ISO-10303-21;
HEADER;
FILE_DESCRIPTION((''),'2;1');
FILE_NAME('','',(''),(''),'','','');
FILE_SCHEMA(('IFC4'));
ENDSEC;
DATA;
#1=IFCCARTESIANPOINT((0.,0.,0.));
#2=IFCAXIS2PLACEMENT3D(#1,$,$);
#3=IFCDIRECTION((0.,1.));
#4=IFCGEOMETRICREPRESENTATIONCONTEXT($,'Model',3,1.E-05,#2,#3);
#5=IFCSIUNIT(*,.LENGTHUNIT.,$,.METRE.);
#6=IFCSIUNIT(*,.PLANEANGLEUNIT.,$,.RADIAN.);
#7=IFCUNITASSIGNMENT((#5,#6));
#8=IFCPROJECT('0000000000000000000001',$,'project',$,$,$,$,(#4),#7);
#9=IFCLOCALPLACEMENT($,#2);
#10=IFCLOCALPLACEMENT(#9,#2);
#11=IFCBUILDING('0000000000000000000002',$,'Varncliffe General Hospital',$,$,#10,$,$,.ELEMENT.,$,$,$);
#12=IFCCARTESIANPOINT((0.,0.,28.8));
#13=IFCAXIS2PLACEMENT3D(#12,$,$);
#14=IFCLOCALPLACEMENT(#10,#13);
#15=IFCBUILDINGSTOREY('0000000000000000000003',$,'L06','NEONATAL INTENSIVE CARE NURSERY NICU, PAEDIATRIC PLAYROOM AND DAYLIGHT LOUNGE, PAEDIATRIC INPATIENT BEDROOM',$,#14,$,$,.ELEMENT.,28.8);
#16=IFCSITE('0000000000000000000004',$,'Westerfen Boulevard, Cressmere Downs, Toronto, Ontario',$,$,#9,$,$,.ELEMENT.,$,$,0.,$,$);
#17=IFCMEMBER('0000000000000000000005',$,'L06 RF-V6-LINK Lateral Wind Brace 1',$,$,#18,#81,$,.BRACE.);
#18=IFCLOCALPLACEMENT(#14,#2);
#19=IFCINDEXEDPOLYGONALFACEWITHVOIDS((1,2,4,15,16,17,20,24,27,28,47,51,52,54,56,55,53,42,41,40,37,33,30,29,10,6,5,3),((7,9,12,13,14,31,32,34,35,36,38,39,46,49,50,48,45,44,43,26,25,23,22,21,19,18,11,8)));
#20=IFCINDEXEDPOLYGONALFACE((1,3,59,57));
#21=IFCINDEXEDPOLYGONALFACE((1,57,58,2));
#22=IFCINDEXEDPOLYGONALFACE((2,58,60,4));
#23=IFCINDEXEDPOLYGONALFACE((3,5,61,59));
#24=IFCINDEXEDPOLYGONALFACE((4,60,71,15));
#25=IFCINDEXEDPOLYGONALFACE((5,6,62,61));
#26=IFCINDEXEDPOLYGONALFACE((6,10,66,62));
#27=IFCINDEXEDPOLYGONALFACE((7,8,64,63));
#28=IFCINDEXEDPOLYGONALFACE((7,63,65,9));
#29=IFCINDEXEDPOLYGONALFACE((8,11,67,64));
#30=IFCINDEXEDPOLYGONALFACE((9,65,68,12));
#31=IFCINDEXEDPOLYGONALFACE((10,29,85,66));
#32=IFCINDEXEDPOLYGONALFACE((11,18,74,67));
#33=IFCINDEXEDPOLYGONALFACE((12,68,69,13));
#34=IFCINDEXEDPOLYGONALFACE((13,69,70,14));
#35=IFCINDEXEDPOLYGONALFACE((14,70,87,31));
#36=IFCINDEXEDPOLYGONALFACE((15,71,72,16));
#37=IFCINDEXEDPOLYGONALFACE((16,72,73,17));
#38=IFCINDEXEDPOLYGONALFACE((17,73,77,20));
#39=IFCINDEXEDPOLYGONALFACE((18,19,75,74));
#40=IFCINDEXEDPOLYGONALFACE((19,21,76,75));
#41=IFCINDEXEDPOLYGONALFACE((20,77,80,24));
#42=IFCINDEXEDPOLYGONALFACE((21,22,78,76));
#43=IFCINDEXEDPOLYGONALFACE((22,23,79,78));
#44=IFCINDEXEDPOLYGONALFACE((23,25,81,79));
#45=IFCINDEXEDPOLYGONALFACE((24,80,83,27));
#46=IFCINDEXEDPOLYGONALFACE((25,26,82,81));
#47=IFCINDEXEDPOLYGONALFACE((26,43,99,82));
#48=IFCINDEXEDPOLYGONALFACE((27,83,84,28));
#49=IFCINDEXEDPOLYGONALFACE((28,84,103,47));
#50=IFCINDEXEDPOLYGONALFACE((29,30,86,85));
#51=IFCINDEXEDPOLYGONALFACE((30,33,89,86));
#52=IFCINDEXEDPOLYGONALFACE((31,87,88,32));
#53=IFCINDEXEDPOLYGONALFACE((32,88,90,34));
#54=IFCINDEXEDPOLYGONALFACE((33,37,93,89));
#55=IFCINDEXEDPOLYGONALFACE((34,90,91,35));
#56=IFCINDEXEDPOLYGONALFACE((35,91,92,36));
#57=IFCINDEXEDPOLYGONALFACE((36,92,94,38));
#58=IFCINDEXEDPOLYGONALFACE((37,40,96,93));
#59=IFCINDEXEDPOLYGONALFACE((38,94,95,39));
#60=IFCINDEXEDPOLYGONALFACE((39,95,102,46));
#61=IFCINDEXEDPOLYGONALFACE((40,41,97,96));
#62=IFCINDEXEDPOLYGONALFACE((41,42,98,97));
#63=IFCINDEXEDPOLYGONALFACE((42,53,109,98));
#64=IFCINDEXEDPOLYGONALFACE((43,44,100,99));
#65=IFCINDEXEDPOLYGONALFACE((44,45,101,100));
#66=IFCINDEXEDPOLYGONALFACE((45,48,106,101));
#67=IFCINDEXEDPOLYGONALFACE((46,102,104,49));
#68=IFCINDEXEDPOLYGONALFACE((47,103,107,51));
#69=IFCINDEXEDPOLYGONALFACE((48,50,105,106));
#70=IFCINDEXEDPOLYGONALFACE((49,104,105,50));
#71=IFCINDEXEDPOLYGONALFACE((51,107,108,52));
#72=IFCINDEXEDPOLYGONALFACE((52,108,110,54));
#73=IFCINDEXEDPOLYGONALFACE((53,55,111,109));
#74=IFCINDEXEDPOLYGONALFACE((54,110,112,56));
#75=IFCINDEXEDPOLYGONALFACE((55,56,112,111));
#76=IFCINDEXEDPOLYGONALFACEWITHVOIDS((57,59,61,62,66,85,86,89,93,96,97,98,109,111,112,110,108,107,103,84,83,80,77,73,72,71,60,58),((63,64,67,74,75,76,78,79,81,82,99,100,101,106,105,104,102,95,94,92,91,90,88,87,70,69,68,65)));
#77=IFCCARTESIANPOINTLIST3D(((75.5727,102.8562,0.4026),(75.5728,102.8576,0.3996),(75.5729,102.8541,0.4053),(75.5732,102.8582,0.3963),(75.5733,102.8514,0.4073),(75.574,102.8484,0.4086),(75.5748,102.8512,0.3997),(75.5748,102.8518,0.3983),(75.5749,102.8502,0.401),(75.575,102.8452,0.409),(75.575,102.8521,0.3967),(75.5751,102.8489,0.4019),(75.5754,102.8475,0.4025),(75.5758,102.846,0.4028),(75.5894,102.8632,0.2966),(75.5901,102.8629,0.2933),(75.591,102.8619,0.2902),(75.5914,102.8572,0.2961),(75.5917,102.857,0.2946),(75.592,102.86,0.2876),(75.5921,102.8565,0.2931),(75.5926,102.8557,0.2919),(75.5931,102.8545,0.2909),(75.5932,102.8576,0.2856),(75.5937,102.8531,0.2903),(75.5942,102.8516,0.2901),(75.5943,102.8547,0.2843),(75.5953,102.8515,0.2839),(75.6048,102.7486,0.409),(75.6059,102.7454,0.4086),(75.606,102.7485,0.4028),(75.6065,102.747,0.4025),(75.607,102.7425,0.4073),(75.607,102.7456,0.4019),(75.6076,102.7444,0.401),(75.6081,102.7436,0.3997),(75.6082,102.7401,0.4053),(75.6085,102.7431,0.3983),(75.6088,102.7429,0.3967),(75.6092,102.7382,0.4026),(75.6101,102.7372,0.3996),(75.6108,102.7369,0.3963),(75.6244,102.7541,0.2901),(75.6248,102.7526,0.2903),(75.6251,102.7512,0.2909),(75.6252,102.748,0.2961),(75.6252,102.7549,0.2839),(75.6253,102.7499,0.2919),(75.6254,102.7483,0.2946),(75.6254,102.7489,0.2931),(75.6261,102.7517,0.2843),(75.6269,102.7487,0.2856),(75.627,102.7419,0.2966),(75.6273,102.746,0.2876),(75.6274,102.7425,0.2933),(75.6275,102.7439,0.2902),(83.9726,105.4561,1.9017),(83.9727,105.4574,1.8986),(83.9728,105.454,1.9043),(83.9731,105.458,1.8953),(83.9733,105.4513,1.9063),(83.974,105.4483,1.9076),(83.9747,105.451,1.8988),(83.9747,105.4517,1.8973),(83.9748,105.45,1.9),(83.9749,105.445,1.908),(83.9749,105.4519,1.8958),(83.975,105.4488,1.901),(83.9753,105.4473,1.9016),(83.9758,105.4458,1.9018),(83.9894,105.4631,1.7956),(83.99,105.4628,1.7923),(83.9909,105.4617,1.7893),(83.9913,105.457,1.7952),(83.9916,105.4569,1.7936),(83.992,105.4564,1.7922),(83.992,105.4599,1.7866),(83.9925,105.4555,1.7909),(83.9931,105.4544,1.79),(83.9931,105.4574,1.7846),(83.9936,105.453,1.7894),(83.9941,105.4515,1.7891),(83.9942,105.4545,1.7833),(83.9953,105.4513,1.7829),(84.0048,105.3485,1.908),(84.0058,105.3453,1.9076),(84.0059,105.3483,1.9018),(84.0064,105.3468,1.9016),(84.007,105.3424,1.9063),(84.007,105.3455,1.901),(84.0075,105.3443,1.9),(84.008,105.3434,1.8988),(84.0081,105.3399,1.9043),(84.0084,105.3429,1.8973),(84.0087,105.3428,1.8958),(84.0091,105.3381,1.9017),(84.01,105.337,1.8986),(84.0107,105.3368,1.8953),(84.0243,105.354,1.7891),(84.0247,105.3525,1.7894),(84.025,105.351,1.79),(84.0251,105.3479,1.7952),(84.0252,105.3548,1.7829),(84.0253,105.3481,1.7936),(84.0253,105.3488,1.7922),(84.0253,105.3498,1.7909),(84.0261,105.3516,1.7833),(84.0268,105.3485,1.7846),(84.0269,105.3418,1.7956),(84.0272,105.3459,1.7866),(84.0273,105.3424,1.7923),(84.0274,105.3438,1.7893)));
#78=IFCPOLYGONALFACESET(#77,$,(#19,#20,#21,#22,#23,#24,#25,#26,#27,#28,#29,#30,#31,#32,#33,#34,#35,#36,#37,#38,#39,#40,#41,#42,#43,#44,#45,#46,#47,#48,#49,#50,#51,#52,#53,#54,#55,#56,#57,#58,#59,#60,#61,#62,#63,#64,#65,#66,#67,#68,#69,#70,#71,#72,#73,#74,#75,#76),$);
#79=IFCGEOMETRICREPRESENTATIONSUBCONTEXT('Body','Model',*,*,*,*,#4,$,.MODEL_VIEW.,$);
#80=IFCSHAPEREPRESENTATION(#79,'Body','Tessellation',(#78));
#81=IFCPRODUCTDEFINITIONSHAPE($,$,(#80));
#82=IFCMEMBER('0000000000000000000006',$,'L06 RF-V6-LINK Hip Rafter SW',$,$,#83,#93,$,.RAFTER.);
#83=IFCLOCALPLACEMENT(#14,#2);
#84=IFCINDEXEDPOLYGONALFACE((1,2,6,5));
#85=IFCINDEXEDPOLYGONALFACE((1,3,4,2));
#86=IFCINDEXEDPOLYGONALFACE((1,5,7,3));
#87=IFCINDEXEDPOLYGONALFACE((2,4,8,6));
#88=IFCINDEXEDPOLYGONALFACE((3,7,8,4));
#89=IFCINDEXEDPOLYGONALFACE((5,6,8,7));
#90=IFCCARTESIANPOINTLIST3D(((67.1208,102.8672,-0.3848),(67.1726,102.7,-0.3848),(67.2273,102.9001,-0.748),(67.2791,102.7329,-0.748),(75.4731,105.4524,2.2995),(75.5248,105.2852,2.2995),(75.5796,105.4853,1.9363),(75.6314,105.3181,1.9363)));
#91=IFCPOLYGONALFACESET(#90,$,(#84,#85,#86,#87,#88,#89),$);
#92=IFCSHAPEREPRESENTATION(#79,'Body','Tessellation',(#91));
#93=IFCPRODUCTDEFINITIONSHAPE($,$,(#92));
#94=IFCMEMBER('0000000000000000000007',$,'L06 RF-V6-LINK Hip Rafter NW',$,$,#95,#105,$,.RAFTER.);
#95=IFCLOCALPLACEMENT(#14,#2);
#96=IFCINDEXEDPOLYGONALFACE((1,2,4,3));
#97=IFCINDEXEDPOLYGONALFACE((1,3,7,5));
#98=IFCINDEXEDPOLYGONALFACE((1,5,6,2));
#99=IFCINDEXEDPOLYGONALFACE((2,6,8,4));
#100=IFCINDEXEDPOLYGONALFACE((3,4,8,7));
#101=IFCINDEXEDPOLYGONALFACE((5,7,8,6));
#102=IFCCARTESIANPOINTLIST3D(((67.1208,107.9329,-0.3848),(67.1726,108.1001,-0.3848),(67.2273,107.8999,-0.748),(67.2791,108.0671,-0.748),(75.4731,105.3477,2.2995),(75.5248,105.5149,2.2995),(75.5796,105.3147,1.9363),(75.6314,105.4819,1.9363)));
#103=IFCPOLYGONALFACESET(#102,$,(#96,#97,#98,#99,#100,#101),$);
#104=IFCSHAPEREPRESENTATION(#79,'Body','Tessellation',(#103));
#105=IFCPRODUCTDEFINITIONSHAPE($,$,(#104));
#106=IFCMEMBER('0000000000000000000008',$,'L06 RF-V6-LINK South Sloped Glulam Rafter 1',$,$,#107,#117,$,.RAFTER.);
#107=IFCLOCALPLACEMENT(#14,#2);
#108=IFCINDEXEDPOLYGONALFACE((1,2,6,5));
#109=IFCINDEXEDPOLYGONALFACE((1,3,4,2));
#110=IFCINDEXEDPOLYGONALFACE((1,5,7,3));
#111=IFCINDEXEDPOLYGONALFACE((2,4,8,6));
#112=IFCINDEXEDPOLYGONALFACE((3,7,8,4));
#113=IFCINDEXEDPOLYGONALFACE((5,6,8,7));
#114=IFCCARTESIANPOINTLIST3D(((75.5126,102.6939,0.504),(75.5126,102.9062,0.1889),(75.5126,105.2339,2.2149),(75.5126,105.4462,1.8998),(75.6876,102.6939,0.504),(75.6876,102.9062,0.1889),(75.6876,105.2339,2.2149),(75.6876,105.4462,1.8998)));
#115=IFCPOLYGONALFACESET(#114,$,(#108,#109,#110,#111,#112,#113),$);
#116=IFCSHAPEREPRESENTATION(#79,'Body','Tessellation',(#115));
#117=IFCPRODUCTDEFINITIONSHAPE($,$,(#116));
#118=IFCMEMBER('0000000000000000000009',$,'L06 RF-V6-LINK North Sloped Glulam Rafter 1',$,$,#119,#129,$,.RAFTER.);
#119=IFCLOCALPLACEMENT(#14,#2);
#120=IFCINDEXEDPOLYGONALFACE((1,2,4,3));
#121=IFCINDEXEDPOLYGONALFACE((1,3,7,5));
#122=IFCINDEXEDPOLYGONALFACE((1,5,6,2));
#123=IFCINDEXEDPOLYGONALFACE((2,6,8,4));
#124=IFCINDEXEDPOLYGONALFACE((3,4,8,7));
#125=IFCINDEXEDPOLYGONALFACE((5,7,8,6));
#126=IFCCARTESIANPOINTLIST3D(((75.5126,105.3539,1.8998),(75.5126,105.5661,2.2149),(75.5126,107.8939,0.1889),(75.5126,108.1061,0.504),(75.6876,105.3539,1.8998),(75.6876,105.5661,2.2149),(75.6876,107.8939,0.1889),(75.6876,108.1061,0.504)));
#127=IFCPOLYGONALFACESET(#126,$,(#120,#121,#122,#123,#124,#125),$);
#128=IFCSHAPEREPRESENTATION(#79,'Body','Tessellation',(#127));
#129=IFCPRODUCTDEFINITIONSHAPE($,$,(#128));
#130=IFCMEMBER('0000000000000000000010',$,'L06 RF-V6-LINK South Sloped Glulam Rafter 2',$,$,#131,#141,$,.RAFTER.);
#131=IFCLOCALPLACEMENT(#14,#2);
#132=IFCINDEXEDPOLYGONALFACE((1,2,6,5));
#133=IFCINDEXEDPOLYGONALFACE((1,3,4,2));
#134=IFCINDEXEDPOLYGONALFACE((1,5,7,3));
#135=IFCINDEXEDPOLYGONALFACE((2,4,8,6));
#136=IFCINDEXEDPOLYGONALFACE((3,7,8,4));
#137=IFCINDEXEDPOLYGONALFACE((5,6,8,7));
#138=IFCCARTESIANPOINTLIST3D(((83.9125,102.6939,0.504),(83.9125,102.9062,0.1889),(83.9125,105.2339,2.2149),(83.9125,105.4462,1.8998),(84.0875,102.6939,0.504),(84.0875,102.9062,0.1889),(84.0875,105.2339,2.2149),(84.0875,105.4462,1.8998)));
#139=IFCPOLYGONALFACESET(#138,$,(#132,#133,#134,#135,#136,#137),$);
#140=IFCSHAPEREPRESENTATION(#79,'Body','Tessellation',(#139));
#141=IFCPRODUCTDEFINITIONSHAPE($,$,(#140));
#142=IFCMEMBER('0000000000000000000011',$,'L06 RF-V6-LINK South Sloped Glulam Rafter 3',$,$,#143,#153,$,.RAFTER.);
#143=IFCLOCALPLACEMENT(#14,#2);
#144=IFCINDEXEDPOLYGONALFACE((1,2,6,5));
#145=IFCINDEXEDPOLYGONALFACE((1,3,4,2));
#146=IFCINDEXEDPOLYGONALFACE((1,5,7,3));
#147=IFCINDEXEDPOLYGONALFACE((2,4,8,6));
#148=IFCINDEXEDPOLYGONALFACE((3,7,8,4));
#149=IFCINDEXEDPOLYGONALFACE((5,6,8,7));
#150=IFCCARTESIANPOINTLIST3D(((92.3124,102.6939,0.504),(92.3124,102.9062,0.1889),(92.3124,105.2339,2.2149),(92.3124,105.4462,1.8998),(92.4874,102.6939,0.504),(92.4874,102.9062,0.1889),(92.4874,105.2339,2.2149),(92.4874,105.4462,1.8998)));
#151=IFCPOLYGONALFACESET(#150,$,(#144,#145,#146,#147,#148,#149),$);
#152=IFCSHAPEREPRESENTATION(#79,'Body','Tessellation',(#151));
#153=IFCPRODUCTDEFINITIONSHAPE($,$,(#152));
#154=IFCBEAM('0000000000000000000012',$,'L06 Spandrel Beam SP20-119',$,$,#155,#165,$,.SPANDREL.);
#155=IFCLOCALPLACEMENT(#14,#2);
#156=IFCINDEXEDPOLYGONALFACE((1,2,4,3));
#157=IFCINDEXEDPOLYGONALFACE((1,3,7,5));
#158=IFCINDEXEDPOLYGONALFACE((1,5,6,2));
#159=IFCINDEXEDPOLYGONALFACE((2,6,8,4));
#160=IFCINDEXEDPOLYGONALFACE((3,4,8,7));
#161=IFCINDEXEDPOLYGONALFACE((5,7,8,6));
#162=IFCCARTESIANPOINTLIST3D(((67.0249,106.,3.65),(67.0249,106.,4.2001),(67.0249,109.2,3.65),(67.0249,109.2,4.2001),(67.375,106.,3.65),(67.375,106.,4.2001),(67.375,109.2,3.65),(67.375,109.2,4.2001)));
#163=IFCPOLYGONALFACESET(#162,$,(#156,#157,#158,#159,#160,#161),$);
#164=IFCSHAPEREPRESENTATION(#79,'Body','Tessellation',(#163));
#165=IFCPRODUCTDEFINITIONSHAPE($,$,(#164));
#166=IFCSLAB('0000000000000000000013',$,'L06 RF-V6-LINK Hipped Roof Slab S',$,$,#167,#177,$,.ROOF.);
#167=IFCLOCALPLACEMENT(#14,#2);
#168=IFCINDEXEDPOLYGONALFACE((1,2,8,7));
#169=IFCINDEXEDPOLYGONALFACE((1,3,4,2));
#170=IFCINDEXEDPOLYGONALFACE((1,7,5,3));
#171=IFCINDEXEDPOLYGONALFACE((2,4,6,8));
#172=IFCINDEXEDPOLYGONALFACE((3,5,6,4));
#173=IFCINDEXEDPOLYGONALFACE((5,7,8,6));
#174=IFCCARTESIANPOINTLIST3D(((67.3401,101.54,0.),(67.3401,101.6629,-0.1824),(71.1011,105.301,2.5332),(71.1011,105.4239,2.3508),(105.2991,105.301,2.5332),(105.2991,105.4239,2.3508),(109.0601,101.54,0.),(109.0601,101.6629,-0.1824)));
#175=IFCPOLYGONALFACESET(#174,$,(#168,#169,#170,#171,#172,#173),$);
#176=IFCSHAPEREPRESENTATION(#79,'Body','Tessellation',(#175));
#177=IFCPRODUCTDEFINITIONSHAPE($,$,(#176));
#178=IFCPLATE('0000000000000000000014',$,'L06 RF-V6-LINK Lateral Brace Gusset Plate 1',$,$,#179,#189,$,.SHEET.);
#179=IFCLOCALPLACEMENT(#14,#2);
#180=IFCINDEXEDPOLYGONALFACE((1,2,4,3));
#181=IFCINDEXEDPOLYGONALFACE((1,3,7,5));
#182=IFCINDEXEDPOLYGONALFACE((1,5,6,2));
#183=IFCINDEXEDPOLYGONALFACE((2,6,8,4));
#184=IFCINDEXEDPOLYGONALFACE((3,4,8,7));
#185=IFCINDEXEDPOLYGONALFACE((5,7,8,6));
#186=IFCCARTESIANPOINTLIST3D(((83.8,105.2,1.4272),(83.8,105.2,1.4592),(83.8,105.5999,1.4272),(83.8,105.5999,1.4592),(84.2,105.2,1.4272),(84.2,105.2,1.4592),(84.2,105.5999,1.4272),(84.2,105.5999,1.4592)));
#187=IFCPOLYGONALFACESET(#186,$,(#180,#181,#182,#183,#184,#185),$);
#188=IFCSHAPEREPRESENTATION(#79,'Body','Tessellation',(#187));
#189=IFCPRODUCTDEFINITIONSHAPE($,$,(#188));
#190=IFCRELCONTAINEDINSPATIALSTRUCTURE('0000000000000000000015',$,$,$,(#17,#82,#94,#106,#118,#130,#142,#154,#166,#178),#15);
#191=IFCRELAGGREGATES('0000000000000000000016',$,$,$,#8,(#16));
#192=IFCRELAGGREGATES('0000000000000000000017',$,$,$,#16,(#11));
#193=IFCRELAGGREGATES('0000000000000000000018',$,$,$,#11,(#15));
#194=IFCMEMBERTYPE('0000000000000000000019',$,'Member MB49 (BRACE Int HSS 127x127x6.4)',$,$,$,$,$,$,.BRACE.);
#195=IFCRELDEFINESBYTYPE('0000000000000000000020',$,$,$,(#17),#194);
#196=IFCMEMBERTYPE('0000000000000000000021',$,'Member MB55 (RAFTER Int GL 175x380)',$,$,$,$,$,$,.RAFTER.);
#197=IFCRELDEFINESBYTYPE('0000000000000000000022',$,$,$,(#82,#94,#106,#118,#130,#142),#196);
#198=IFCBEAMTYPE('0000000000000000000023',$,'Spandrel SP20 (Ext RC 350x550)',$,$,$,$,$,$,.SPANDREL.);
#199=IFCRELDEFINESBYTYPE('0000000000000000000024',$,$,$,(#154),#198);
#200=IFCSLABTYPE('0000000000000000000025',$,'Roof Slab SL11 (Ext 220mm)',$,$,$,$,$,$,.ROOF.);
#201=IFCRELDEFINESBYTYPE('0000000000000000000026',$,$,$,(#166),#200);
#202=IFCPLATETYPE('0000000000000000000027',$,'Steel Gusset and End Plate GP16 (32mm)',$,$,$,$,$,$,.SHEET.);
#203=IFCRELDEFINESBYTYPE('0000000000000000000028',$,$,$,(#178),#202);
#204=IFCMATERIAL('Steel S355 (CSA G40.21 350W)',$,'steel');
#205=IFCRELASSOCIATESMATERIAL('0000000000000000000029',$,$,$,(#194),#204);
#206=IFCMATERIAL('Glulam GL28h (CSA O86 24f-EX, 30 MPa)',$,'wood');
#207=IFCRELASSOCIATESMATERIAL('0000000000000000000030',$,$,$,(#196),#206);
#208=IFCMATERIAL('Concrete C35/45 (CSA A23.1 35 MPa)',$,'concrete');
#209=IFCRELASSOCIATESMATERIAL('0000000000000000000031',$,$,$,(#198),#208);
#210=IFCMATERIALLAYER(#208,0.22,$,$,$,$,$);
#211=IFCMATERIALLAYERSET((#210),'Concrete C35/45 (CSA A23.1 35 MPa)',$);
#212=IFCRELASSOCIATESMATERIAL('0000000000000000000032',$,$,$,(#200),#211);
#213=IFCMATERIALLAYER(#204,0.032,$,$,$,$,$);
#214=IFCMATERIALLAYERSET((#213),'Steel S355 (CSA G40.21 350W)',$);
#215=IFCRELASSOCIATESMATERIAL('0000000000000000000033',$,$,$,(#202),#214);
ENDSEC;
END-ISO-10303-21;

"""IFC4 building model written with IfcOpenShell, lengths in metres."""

from ifc_helpers import new_model, si_unit, direction, frame, origin, origin_2d, place, context, subcontext, project, spatial, polyline, rectangle, hollow_rectangle, outline, extrude, material, layer, layer_set, material_profile, profile_set, type_object, element, save


model = new_model("IFC4")

# Units and contexts
model_context = context("Model", 3, precision=1e-05, world=origin(), true_north=direction((0.0, 1.0)))
body_context = subcontext(model_context, "Body", "Model", "MODEL_VIEW")
ifc_project = project(units=[si_unit("LENGTHUNIT", "METRE"), si_unit("PLANEANGLEUNIT", "RADIAN")], contexts=[model_context])

# Site, building, storey
site_placement = place(None, origin())
site = spatial("IfcSite", under=ifc_project, at=site_placement, Name="Westerfen Boulevard, Cressmere Downs, Toronto, Ontario", CompositionType="ELEMENT", RefElevation=0.0)
building_placement = place(site_placement, origin())
building = spatial("IfcBuilding", under=site, at=building_placement, Name="Varncliffe General Hospital", CompositionType="ELEMENT")
storey_placement = place(building_placement, frame((0.0, 0.0, 28.8)))
storey = spatial("IfcBuildingStorey", under=building, at=storey_placement, Name="L06", Description="NEONATAL INTENSIVE CARE NURSERY NICU, PAEDIATRIC PLAYROOM AND DAYLIGHT LOUNGE, PAEDIATRIC INPATIENT BEDROOM", CompositionType="ELEMENT", Elevation=28.8)

# Shared definitions
ifc_material_1 = material(Name="Glulam GL28h (CSA O86 24f-EX, 30 MPa)", Category="wood")

# Members
ifc_material_2 = material(Name="Steel S355 (CSA G40.21 350W)", Category="steel")
ifc_material_profile_1 = material_profile(ifc_material_2, hollow_rectangle(XDim=0.127, YDim=0.127, WallThickness=0.0063, InnerFilletRadius=0.0061, OuterFilletRadius=0.0129, at=origin_2d()), Name="HSS 127x127x6.4")
ifc_profile_set_1 = profile_set([ifc_material_profile_1], Name="Steel S355 (CSA G40.21 350W)")
member_type_1 = type_object("IfcMemberType", Name="Member MB49 (BRACE Int HSS 127x127x6.4)", PredefinedType="BRACE", material=ifc_profile_set_1)
member_placement = place(storey_placement, frame((75.6001, 102.8, 0.3464), z_axis=(0.941703, 0.291467, 0.168054), x_axis=(-0.295672, 0.95529, 0.0)))
element("IfcMember", 1, at=member_placement, inside=storey, type_object=member_type_1, Name="L06 RF-V6-LINK Lateral Wind Brace 1", PredefinedType="BRACE", context=body_context, shape_type="SweptSolid", body=[
    extrude(hollow_rectangle(XDim=0.127, YDim=0.127, WallThickness=0.0063, InnerFilletRadius=0.0061, OuterFilletRadius=0.0129, at=origin_2d()), origin(), (0.0, 0.0, 1.0), 8.9199),
])
ifc_material_profile_2 = material_profile(ifc_material_1, rectangle(XDim=0.175, YDim=0.3799, at=origin_2d()), Name="GL 175x380")
ifc_profile_set_2 = profile_set([ifc_material_profile_2], Name="Glulam GL28h (CSA O86 24f-EX, 30 MPa)")
member_type_2 = type_object("IfcMemberType", Name="Member MB55 (RAFTER Int GL 175x380)", PredefinedType="RAFTER", material=ifc_profile_set_2)
for number, where, z_axis, x_axis, name in (
    (2, (67.2, 102.8, -0.5664), (0.913216, 0.282659, 0.293497), (-0.295681, 0.955287, 0.0), "L06 RF-V6-LINK Hip Rafter SW"),
    (3, (67.2, 108.0, -0.5664), (0.913216, -0.282659, 0.293497), (0.295681, 0.955287, 0.0), "L06 RF-V6-LINK Hip Rafter NW"),
):
    element("IfcMember", number, at=place(storey_placement, frame(where, z_axis=z_axis, x_axis=x_axis)), inside=storey, type_object=member_type_2, Name=name, PredefinedType="RAFTER", context=body_context, shape_type="SweptSolid", body=[
        extrude(rectangle(XDim=0.175, YDim=0.3799, at=origin_2d()), origin(), (0.0, 0.0, 1.0), 9.146),
    ])
for number, where, z_axis, x_axis, name in (
    (4, (75.6001, 102.8, 0.3464), (0.0, 0.829392, 0.558668), (-1.0, 0.0, 0.0), "L06 RF-V6-LINK South Sloped Glulam Rafter 1"),
    (5, (75.6001, 108.0, 0.3464), (0.0, -0.829392, 0.558668), (1.0, 0.0, 0.0), "L06 RF-V6-LINK North Sloped Glulam Rafter 1"),
    (6, (84.0, 102.8, 0.3464), (0.0, 0.829392, 0.558668), (-1.0, 0.0, 0.0), "L06 RF-V6-LINK South Sloped Glulam Rafter 2"),
    (7, (92.3999, 102.8, 0.3464), (0.0, 0.829392, 0.558668), (-1.0, 0.0, 0.0), "L06 RF-V6-LINK South Sloped Glulam Rafter 3"),
):
    element("IfcMember", number, at=place(storey_placement, frame(where, z_axis=z_axis, x_axis=x_axis)), inside=storey, type_object=member_type_2, Name=name, PredefinedType="RAFTER", context=body_context, shape_type="SweptSolid", body=[
        extrude(rectangle(XDim=0.175, YDim=0.3799, at=origin_2d()), origin(), (0.0, 0.0, 1.0), 3.0625),
    ])

# Beam
ifc_material_3 = material(Name="Concrete C35/45 (CSA A23.1 35 MPa)", Category="concrete")
ifc_material_profile_3 = material_profile(ifc_material_3, rectangle(XDim=0.3501, YDim=0.55, at=origin_2d()), Name="RC 350x550")
ifc_profile_set_3 = profile_set([ifc_material_profile_3], Name="Concrete C35/45 (CSA A23.1 35 MPa)")
beam_type_1 = type_object("IfcBeamType", Name="Spandrel SP20 (Ext RC 350x550)", PredefinedType="SPANDREL", material=ifc_profile_set_3)
beam_1_placement = place(storey_placement, frame((67.2, 106.0, 3.925), z_axis=(0.0, 1.0, 0.0), x_axis=(-1.0, 0.0, 0.0)))
element("IfcBeam", 8, at=beam_1_placement, inside=storey, type_object=beam_type_1, Name="L06 Spandrel Beam SP20-119", PredefinedType="SPANDREL", context=body_context, shape_type="SweptSolid", body=[
    extrude(rectangle(XDim=0.3501, YDim=0.55, at=origin_2d()), origin(), (0.0, 0.0, 1.0), 3.2),
])

# Slab
ifc_layer_1 = layer(ifc_material_3, 0.22)
ifc_layer_set_1 = layer_set([ifc_layer_1], Name="Concrete C35/45 (CSA A23.1 35 MPa)")
slab_type = type_object("IfcSlabType", Name="Roof Slab SL11 (Ext 220mm)", PredefinedType="ROOF", material=ifc_layer_set_1)
slab_placement = place(storey_placement, frame((67.3401, 101.54, 0.0), z_axis=(0.0, -0.558645, 0.829407), x_axis=(1.0, 0.0, 0.0)))
element("IfcSlab", 9, at=slab_placement, inside=storey, type_object=slab_type, Name="L06 RF-V6-LINK Hipped Roof Slab S", PredefinedType="ROOF", context=body_context, shape_type="SweptSolid", body=[
    extrude(outline(polyline([(0.0, 0.0), (41.72, 0.0), (37.959, 4.5345), (3.761, 4.5345), (0.0, 0.0)])), origin(), (0.0, 0.0, -1.0), 0.22),
])

# Plate
ifc_layer_2 = layer(ifc_material_2, 0.032)
ifc_layer_set_2 = layer_set([ifc_layer_2], Name="Steel S355 (CSA G40.21 350W)")
plate_type = type_object("IfcPlateType", Name="Steel Gusset and End Plate GP16 (32mm)", PredefinedType="SHEET", material=ifc_layer_set_2)
plate_placement = place(storey_placement, frame((84.0, 105.3999, 1.4272), z_axis=(0.0, 0.0, 1.0), x_axis=(1.0, 0.0, 0.0)))
element("IfcPlate", 10, at=plate_placement, inside=storey, type_object=plate_type, Name="L06 RF-V6-LINK Lateral Brace Gusset Plate 1", PredefinedType="SHEET", context=body_context, shape_type="SweptSolid", body=[
    extrude(rectangle(XDim=0.3999, YDim=0.3999, at=origin_2d()), origin(), (0.0, 0.0, 1.0), 0.032),
])

save(model, "model.ifc")
